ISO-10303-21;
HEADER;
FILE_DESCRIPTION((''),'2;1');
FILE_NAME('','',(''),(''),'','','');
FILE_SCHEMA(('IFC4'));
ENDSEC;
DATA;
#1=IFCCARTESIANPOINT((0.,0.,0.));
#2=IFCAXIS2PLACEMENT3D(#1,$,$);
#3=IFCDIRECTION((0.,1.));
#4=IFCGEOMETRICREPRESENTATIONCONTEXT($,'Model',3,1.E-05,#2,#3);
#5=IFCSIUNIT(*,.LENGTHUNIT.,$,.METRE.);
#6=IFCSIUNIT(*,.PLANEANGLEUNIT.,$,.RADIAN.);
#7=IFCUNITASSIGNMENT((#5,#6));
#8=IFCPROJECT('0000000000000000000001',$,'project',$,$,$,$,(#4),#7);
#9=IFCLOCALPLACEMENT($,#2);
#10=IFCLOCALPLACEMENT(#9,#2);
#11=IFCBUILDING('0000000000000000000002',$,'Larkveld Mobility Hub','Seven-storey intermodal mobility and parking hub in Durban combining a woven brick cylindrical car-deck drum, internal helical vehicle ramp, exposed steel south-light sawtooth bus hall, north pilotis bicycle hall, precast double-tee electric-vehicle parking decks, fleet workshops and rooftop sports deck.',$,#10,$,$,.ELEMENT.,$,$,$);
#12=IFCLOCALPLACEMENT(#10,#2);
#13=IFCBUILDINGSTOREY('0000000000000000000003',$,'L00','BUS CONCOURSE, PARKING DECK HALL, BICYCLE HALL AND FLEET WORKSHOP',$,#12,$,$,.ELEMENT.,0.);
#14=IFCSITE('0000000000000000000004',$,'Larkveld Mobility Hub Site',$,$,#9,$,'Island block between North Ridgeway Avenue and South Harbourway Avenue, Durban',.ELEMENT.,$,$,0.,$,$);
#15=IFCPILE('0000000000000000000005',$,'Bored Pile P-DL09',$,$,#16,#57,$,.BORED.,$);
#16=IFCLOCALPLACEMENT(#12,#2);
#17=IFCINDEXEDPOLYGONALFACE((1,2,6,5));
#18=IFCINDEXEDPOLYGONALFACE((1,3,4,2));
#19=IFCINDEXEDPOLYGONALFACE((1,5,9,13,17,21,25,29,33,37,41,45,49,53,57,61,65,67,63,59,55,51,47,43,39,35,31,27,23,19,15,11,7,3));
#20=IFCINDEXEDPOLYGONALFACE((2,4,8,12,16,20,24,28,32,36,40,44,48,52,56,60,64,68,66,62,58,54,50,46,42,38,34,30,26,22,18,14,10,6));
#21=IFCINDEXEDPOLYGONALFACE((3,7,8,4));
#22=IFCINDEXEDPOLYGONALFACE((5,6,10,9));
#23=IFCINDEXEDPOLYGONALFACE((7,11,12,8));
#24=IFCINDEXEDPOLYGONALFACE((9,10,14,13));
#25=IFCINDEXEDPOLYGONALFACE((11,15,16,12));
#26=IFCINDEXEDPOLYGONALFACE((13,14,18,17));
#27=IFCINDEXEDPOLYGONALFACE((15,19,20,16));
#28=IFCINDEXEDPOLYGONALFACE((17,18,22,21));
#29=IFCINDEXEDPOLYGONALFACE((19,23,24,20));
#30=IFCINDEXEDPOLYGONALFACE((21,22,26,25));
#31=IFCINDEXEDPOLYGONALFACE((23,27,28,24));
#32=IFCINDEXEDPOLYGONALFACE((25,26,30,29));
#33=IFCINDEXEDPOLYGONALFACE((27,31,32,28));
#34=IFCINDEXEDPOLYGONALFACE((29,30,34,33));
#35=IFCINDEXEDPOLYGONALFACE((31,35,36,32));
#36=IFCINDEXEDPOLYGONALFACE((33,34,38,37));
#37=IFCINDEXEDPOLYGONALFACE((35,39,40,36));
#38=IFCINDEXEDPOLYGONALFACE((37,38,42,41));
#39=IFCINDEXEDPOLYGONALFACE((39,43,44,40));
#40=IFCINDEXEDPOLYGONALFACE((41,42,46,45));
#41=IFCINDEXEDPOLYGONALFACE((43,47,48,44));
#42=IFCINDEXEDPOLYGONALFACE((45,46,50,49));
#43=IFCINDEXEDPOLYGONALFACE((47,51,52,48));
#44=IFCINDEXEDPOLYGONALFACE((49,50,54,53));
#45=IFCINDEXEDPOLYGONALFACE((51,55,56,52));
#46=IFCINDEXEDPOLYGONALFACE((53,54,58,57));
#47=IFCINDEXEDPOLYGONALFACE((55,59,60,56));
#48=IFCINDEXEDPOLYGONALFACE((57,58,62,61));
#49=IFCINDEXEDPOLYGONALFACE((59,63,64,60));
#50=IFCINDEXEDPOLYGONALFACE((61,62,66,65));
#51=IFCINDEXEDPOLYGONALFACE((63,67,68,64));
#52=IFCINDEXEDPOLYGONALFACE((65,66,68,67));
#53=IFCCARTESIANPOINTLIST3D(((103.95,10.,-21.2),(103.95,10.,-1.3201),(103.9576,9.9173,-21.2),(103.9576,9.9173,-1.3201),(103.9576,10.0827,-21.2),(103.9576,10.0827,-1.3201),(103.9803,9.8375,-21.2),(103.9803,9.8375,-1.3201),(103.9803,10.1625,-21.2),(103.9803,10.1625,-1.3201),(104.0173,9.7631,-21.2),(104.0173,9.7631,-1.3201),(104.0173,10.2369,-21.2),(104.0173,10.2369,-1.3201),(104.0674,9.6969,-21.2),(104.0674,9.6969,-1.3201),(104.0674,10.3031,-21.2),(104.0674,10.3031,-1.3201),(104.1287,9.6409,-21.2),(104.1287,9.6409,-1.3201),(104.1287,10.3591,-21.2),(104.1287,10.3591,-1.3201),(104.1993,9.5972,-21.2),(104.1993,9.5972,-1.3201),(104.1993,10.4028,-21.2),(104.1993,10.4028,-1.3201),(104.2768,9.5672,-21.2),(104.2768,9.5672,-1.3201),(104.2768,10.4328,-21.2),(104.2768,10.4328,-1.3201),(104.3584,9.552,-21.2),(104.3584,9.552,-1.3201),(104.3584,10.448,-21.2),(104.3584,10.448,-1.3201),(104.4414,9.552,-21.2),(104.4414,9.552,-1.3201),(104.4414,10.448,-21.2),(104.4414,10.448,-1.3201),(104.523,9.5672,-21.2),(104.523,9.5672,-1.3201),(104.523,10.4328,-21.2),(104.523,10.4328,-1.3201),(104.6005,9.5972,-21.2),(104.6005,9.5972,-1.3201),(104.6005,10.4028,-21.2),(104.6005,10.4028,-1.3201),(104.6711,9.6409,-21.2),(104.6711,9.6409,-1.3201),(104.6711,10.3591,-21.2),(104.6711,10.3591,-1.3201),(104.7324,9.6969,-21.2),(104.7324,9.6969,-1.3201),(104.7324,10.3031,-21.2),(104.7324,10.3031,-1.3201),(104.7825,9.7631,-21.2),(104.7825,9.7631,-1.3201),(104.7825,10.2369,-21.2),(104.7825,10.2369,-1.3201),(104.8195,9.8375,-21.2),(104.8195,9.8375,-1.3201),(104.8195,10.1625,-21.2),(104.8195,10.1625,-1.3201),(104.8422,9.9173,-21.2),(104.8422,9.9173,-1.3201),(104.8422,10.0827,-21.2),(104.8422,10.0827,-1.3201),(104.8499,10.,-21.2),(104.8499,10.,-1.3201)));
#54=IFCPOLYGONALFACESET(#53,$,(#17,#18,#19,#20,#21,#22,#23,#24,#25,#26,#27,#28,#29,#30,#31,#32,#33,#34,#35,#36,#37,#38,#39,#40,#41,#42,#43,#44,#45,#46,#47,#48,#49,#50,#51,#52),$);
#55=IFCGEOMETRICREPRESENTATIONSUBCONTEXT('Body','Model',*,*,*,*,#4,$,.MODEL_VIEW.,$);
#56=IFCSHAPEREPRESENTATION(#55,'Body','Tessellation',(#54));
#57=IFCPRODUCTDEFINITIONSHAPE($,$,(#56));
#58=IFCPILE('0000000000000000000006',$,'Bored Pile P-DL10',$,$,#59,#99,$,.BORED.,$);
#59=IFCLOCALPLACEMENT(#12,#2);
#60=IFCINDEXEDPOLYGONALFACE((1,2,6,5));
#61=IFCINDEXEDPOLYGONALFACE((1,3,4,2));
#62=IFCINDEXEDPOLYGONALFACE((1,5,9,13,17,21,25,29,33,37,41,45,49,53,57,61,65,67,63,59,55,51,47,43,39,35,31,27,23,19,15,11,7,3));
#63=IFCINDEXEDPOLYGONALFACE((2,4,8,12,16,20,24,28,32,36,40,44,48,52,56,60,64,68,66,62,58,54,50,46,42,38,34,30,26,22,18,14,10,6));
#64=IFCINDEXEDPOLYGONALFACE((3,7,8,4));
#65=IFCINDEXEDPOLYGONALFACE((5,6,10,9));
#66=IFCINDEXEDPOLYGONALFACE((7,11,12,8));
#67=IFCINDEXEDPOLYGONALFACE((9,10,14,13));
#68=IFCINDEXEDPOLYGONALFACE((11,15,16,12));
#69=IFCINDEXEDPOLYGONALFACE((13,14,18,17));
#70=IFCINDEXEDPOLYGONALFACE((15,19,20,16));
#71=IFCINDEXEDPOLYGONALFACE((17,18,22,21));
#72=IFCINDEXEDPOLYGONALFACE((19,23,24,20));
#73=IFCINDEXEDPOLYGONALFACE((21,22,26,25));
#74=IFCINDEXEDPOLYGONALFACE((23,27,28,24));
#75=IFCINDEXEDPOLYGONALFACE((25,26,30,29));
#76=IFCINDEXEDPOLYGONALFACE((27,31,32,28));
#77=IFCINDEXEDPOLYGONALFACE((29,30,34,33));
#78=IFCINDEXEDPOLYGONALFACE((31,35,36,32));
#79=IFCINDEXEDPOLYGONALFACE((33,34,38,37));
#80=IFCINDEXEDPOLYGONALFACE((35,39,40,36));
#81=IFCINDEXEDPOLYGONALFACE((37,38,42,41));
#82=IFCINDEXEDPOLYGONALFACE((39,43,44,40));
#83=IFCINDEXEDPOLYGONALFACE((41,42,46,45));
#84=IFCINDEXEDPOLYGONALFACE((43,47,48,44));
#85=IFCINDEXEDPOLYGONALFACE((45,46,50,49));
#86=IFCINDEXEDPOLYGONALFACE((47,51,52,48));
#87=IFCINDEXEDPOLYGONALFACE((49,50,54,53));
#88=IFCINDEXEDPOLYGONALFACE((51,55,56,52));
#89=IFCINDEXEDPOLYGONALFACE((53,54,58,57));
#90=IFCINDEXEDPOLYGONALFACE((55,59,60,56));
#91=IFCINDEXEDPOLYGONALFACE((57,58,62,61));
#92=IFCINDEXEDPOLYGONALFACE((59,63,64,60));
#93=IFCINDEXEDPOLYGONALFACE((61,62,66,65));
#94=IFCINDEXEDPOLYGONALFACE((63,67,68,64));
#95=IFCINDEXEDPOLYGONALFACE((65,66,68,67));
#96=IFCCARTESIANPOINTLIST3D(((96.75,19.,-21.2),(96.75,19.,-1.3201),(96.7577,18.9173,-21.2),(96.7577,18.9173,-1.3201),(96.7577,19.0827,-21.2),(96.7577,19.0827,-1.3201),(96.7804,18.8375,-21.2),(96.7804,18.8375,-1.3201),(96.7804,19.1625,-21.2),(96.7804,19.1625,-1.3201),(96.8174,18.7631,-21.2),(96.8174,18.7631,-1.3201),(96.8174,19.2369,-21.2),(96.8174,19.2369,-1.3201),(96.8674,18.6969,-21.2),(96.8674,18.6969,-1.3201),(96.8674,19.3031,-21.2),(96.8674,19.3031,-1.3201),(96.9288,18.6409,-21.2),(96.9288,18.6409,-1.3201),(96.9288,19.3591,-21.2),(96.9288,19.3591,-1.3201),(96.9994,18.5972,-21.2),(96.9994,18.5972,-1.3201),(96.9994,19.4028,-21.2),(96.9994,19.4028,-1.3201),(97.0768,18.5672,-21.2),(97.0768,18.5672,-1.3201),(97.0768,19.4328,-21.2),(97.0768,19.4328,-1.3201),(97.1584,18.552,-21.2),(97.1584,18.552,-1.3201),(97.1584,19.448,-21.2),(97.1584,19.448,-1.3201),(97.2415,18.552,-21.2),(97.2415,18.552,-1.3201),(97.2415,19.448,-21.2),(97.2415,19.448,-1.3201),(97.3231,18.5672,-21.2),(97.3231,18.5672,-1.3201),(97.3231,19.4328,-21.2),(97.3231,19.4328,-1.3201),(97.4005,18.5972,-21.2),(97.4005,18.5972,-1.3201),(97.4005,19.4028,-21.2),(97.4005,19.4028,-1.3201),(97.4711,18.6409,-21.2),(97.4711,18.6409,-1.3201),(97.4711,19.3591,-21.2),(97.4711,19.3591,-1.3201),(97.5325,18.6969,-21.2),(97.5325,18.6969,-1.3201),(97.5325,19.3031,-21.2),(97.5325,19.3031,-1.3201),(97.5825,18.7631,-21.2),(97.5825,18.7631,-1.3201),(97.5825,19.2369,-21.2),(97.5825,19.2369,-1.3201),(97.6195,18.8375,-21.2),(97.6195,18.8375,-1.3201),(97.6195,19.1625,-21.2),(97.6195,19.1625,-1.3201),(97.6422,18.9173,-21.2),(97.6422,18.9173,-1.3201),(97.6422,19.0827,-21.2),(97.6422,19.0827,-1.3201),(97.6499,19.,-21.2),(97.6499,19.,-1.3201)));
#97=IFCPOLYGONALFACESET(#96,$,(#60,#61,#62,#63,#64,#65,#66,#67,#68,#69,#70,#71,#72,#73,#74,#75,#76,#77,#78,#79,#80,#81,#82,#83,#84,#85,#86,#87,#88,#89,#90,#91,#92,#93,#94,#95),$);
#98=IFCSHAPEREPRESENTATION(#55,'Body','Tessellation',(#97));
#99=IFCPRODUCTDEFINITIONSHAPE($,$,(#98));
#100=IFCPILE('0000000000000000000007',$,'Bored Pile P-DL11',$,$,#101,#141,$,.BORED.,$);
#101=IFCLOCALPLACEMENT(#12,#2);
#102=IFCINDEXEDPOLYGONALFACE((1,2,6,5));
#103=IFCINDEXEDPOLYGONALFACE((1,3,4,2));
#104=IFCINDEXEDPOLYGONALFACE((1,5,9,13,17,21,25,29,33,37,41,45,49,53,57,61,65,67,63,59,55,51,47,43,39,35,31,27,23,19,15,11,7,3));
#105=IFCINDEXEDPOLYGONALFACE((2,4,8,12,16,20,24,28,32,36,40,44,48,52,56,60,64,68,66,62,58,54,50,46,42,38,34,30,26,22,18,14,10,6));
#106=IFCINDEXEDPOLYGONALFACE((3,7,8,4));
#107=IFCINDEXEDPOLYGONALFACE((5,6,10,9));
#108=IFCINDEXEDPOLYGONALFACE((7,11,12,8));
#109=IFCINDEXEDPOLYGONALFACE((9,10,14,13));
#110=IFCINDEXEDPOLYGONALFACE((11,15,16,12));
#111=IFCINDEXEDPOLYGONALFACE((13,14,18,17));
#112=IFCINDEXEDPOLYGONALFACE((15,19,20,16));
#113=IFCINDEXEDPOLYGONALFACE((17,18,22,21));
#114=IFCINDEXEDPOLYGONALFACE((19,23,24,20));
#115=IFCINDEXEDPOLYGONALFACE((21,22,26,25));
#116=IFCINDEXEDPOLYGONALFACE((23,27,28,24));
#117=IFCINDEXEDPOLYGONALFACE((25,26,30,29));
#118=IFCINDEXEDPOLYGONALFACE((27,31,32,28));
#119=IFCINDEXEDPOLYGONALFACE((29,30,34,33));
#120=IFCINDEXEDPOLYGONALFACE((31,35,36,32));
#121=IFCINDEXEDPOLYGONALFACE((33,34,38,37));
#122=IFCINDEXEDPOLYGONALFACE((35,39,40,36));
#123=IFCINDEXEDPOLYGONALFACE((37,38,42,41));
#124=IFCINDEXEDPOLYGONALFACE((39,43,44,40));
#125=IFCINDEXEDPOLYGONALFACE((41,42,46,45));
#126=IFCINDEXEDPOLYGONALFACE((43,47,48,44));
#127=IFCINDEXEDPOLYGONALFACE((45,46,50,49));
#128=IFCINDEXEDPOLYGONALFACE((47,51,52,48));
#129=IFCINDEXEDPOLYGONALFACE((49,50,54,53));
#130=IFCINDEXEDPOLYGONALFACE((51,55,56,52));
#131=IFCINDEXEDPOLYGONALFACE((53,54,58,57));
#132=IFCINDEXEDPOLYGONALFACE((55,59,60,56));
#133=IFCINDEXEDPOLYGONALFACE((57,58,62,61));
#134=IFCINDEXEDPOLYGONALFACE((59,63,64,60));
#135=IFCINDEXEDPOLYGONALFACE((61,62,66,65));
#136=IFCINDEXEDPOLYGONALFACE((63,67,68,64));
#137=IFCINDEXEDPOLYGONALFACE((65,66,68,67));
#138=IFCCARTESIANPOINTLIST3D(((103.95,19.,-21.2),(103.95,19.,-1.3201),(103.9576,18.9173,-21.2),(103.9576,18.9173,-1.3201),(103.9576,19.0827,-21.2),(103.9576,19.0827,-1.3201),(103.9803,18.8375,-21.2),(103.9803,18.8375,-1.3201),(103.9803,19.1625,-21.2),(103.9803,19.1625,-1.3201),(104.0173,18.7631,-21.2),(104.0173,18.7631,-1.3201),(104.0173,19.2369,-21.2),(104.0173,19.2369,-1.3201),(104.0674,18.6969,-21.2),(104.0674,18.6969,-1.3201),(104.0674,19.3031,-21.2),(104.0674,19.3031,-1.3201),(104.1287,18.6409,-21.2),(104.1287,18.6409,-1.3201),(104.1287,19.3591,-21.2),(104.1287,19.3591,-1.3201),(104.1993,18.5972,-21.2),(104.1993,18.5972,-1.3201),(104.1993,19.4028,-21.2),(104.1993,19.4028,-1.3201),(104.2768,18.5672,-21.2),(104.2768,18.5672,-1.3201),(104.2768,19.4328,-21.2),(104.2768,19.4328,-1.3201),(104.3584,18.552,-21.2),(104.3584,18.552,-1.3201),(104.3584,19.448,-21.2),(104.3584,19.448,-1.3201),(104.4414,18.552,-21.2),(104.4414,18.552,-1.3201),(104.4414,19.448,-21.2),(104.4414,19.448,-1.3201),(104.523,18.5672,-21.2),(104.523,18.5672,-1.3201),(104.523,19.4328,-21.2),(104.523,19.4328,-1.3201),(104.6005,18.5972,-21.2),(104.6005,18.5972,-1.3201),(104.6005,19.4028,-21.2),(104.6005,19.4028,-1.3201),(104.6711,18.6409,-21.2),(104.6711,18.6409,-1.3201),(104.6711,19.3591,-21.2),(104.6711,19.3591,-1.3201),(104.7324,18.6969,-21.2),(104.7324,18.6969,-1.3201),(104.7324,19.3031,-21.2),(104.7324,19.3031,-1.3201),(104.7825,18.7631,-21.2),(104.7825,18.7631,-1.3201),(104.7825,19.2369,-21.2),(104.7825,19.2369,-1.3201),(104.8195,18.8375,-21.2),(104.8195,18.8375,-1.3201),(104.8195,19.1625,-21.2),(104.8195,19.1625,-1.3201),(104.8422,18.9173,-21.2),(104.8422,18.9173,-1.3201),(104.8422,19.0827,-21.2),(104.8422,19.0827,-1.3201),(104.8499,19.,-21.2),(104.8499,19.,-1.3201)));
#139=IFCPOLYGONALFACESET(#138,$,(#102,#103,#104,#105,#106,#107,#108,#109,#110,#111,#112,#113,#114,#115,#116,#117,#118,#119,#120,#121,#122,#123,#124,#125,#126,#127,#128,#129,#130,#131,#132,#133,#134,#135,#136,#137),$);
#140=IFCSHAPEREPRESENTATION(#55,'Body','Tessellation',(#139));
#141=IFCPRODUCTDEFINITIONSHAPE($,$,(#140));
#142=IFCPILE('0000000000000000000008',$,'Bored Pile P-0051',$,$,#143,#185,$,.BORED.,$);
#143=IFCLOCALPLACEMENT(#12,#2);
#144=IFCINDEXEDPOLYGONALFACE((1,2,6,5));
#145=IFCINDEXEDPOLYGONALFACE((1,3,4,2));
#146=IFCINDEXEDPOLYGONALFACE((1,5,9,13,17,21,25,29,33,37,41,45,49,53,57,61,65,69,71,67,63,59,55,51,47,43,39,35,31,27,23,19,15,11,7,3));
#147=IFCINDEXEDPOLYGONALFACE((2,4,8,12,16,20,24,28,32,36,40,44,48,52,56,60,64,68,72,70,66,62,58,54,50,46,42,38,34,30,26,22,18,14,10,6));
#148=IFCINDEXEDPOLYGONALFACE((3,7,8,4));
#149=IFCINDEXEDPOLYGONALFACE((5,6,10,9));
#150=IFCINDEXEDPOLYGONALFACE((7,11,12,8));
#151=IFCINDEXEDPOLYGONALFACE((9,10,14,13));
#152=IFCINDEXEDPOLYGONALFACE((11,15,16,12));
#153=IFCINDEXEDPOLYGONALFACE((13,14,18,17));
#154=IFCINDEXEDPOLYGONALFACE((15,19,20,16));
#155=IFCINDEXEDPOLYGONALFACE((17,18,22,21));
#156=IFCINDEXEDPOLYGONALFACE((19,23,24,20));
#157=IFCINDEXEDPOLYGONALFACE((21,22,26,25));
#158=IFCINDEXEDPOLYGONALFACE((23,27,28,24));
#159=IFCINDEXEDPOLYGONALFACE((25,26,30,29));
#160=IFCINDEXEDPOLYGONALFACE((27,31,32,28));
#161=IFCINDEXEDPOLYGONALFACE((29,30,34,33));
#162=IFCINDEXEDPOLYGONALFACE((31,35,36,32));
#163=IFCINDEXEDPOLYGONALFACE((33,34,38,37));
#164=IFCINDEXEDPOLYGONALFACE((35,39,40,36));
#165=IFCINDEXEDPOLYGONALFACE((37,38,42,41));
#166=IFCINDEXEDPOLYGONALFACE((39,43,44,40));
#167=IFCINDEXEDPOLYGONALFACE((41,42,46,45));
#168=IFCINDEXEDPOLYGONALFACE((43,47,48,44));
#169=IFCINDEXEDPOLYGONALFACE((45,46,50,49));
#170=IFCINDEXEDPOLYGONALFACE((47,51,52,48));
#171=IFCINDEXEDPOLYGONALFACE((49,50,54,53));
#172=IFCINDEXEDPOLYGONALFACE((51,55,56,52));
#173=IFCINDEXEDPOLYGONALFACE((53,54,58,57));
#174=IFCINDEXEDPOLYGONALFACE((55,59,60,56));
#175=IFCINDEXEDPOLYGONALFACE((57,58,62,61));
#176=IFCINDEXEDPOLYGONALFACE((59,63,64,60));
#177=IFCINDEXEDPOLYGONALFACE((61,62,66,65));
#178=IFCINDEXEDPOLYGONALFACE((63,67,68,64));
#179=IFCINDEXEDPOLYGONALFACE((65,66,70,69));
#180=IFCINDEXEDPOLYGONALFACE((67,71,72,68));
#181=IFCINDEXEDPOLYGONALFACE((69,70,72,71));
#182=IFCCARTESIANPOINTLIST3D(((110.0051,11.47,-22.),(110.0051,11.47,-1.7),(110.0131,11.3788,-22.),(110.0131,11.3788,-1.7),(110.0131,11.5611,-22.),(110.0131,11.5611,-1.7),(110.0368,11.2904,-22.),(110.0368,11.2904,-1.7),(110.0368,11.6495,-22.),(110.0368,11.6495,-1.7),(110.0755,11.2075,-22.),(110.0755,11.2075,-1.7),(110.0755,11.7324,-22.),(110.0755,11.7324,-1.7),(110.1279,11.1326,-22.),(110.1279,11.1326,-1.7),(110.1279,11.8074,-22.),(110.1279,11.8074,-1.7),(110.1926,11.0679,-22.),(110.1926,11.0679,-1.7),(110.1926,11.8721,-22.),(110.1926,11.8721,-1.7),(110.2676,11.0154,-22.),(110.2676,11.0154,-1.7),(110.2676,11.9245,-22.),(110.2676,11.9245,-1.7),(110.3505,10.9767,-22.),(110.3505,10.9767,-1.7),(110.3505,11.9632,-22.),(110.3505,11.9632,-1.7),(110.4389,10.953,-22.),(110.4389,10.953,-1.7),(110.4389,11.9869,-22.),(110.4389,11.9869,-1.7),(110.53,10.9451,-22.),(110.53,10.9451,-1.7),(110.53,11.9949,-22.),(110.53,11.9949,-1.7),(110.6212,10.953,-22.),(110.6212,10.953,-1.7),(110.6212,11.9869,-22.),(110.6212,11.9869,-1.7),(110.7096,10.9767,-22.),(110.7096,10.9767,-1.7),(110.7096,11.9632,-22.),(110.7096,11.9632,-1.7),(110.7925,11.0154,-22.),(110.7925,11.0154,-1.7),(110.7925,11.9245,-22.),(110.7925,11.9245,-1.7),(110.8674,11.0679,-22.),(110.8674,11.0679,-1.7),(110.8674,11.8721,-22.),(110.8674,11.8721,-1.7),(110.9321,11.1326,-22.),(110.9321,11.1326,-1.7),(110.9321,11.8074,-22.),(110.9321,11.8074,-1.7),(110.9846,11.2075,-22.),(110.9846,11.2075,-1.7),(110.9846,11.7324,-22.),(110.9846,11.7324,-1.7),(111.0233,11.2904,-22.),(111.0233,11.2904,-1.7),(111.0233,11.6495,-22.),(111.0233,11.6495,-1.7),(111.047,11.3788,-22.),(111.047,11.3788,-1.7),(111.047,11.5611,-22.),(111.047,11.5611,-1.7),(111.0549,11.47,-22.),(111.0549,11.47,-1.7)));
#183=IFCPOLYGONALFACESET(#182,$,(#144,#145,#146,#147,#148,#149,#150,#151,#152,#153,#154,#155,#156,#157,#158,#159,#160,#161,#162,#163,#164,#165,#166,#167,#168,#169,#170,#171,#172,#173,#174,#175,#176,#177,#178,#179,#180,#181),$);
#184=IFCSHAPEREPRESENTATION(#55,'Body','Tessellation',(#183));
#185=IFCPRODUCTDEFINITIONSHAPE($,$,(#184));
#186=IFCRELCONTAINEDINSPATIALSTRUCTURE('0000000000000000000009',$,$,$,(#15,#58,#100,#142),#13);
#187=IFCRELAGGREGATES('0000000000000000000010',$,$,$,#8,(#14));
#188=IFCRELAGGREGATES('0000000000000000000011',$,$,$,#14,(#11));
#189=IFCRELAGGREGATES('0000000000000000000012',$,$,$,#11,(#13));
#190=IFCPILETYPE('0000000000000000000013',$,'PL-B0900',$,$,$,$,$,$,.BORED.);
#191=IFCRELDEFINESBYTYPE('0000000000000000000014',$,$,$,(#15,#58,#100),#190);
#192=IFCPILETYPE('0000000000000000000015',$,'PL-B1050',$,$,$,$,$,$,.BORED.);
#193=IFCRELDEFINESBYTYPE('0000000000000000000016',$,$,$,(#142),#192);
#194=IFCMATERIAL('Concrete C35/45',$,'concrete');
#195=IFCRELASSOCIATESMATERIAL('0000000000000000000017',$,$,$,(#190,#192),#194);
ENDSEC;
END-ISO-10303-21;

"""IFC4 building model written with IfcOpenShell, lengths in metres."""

from ifc_helpers import new_model, si_unit, direction, frame, origin, origin_2d, place, context, subcontext, project, spatial, circle, extrude, material, material_profile, profile_set, type_object, element, save


model = new_model("IFC4")

# Units and contexts
model_context = context("Model", 3, precision=1e-05, world=origin(), true_north=direction((0.0, 1.0)))
body_context = subcontext(model_context, "Body", "Model", "MODEL_VIEW")
ifc_project = project(units=[si_unit("LENGTHUNIT", "METRE"), si_unit("PLANEANGLEUNIT", "RADIAN")], contexts=[model_context])

# Site, building, storey
site_placement = place(None, origin())
site = spatial("IfcSite", under=ifc_project, at=site_placement, Name="Larkveld Mobility Hub Site", LongName="Island block between North Ridgeway Avenue and South Harbourway Avenue, Durban", CompositionType="ELEMENT", RefElevation=0.0)
building_placement = place(site_placement, origin())
building = spatial("IfcBuilding", under=site, at=building_placement, Name="Larkveld Mobility Hub", Description="Seven-storey intermodal mobility and parking hub in Durban combining a woven brick cylindrical car-deck drum, internal helical vehicle ramp, exposed steel south-light sawtooth bus hall, north pilotis bicycle hall, precast double-tee electric-vehicle parking decks, fleet workshops and rooftop sports deck.", CompositionType="ELEMENT")
storey_placement = place(building_placement, origin())
storey = spatial("IfcBuildingStorey", under=building, at=storey_placement, Name="L00", Description="BUS CONCOURSE, PARKING DECK HALL, BICYCLE HALL AND FLEET WORKSHOP", CompositionType="ELEMENT", Elevation=0.0)

# Shared definitions
ifc_material_1 = material(Name="Concrete C35/45", Category="concrete")

# Piles
ifc_material_profile_1 = material_profile(ifc_material_1, circle(Radius=0.45, at=origin_2d()), Name="PILE D900")
ifc_profile_set_1 = profile_set([ifc_material_profile_1], Name="Concrete C35/45")
pile_type_1 = type_object("IfcPileType", Name="PL-B0900", PredefinedType="BORED", material=ifc_profile_set_1)
for number, where, z_axis, x_axis, name in (
    (1, (104.3999, 10.0, -1.3201), (0.0, 0.0, -1.0), (1.0, 0.0, 0.0), "Bored Pile P-DL09"),
    (2, (97.2, 19.0, -1.3201), (0.0, 0.0, -1.0), (1.0, 0.0, 0.0), "Bored Pile P-DL10"),
    (3, (104.3999, 19.0, -1.3201), (0.0, 0.0, -1.0), (1.0, 0.0, 0.0), "Bored Pile P-DL11"),
):
    element("IfcPile", number, at=place(storey_placement, frame(where, z_axis=z_axis, x_axis=x_axis)), inside=storey, type_object=pile_type_1, Name=name, PredefinedType="BORED", context=body_context, shape_type="SweptSolid", body=[
        extrude(circle(Radius=0.45, at=origin_2d()), origin(), (0.0, 0.0, 1.0), 19.8799),
    ])
ifc_material_profile_2 = material_profile(ifc_material_1, circle(Radius=0.5249, at=origin_2d()), Name="PILE D1050")
ifc_profile_set_2 = profile_set([ifc_material_profile_2], Name="Concrete C35/45")
pile_type_2 = type_object("IfcPileType", Name="PL-B1050", PredefinedType="BORED", material=ifc_profile_set_2)
for number, where, z_axis, x_axis, name in (
    (4, (110.53, 11.47, -1.7), (0.0, 0.0, -1.0), (1.0, 0.0, 0.0), "Bored Pile P-0051"),
):
    element("IfcPile", number, at=place(storey_placement, frame(where, z_axis=z_axis, x_axis=x_axis)), inside=storey, type_object=pile_type_2, Name=name, PredefinedType="BORED", context=body_context, shape_type="SweptSolid", body=[
        extrude(circle(Radius=0.5249, at=origin_2d()), origin(), (0.0, 0.0, 1.0), 20.3),
    ])

save(model, "model.ifc")
